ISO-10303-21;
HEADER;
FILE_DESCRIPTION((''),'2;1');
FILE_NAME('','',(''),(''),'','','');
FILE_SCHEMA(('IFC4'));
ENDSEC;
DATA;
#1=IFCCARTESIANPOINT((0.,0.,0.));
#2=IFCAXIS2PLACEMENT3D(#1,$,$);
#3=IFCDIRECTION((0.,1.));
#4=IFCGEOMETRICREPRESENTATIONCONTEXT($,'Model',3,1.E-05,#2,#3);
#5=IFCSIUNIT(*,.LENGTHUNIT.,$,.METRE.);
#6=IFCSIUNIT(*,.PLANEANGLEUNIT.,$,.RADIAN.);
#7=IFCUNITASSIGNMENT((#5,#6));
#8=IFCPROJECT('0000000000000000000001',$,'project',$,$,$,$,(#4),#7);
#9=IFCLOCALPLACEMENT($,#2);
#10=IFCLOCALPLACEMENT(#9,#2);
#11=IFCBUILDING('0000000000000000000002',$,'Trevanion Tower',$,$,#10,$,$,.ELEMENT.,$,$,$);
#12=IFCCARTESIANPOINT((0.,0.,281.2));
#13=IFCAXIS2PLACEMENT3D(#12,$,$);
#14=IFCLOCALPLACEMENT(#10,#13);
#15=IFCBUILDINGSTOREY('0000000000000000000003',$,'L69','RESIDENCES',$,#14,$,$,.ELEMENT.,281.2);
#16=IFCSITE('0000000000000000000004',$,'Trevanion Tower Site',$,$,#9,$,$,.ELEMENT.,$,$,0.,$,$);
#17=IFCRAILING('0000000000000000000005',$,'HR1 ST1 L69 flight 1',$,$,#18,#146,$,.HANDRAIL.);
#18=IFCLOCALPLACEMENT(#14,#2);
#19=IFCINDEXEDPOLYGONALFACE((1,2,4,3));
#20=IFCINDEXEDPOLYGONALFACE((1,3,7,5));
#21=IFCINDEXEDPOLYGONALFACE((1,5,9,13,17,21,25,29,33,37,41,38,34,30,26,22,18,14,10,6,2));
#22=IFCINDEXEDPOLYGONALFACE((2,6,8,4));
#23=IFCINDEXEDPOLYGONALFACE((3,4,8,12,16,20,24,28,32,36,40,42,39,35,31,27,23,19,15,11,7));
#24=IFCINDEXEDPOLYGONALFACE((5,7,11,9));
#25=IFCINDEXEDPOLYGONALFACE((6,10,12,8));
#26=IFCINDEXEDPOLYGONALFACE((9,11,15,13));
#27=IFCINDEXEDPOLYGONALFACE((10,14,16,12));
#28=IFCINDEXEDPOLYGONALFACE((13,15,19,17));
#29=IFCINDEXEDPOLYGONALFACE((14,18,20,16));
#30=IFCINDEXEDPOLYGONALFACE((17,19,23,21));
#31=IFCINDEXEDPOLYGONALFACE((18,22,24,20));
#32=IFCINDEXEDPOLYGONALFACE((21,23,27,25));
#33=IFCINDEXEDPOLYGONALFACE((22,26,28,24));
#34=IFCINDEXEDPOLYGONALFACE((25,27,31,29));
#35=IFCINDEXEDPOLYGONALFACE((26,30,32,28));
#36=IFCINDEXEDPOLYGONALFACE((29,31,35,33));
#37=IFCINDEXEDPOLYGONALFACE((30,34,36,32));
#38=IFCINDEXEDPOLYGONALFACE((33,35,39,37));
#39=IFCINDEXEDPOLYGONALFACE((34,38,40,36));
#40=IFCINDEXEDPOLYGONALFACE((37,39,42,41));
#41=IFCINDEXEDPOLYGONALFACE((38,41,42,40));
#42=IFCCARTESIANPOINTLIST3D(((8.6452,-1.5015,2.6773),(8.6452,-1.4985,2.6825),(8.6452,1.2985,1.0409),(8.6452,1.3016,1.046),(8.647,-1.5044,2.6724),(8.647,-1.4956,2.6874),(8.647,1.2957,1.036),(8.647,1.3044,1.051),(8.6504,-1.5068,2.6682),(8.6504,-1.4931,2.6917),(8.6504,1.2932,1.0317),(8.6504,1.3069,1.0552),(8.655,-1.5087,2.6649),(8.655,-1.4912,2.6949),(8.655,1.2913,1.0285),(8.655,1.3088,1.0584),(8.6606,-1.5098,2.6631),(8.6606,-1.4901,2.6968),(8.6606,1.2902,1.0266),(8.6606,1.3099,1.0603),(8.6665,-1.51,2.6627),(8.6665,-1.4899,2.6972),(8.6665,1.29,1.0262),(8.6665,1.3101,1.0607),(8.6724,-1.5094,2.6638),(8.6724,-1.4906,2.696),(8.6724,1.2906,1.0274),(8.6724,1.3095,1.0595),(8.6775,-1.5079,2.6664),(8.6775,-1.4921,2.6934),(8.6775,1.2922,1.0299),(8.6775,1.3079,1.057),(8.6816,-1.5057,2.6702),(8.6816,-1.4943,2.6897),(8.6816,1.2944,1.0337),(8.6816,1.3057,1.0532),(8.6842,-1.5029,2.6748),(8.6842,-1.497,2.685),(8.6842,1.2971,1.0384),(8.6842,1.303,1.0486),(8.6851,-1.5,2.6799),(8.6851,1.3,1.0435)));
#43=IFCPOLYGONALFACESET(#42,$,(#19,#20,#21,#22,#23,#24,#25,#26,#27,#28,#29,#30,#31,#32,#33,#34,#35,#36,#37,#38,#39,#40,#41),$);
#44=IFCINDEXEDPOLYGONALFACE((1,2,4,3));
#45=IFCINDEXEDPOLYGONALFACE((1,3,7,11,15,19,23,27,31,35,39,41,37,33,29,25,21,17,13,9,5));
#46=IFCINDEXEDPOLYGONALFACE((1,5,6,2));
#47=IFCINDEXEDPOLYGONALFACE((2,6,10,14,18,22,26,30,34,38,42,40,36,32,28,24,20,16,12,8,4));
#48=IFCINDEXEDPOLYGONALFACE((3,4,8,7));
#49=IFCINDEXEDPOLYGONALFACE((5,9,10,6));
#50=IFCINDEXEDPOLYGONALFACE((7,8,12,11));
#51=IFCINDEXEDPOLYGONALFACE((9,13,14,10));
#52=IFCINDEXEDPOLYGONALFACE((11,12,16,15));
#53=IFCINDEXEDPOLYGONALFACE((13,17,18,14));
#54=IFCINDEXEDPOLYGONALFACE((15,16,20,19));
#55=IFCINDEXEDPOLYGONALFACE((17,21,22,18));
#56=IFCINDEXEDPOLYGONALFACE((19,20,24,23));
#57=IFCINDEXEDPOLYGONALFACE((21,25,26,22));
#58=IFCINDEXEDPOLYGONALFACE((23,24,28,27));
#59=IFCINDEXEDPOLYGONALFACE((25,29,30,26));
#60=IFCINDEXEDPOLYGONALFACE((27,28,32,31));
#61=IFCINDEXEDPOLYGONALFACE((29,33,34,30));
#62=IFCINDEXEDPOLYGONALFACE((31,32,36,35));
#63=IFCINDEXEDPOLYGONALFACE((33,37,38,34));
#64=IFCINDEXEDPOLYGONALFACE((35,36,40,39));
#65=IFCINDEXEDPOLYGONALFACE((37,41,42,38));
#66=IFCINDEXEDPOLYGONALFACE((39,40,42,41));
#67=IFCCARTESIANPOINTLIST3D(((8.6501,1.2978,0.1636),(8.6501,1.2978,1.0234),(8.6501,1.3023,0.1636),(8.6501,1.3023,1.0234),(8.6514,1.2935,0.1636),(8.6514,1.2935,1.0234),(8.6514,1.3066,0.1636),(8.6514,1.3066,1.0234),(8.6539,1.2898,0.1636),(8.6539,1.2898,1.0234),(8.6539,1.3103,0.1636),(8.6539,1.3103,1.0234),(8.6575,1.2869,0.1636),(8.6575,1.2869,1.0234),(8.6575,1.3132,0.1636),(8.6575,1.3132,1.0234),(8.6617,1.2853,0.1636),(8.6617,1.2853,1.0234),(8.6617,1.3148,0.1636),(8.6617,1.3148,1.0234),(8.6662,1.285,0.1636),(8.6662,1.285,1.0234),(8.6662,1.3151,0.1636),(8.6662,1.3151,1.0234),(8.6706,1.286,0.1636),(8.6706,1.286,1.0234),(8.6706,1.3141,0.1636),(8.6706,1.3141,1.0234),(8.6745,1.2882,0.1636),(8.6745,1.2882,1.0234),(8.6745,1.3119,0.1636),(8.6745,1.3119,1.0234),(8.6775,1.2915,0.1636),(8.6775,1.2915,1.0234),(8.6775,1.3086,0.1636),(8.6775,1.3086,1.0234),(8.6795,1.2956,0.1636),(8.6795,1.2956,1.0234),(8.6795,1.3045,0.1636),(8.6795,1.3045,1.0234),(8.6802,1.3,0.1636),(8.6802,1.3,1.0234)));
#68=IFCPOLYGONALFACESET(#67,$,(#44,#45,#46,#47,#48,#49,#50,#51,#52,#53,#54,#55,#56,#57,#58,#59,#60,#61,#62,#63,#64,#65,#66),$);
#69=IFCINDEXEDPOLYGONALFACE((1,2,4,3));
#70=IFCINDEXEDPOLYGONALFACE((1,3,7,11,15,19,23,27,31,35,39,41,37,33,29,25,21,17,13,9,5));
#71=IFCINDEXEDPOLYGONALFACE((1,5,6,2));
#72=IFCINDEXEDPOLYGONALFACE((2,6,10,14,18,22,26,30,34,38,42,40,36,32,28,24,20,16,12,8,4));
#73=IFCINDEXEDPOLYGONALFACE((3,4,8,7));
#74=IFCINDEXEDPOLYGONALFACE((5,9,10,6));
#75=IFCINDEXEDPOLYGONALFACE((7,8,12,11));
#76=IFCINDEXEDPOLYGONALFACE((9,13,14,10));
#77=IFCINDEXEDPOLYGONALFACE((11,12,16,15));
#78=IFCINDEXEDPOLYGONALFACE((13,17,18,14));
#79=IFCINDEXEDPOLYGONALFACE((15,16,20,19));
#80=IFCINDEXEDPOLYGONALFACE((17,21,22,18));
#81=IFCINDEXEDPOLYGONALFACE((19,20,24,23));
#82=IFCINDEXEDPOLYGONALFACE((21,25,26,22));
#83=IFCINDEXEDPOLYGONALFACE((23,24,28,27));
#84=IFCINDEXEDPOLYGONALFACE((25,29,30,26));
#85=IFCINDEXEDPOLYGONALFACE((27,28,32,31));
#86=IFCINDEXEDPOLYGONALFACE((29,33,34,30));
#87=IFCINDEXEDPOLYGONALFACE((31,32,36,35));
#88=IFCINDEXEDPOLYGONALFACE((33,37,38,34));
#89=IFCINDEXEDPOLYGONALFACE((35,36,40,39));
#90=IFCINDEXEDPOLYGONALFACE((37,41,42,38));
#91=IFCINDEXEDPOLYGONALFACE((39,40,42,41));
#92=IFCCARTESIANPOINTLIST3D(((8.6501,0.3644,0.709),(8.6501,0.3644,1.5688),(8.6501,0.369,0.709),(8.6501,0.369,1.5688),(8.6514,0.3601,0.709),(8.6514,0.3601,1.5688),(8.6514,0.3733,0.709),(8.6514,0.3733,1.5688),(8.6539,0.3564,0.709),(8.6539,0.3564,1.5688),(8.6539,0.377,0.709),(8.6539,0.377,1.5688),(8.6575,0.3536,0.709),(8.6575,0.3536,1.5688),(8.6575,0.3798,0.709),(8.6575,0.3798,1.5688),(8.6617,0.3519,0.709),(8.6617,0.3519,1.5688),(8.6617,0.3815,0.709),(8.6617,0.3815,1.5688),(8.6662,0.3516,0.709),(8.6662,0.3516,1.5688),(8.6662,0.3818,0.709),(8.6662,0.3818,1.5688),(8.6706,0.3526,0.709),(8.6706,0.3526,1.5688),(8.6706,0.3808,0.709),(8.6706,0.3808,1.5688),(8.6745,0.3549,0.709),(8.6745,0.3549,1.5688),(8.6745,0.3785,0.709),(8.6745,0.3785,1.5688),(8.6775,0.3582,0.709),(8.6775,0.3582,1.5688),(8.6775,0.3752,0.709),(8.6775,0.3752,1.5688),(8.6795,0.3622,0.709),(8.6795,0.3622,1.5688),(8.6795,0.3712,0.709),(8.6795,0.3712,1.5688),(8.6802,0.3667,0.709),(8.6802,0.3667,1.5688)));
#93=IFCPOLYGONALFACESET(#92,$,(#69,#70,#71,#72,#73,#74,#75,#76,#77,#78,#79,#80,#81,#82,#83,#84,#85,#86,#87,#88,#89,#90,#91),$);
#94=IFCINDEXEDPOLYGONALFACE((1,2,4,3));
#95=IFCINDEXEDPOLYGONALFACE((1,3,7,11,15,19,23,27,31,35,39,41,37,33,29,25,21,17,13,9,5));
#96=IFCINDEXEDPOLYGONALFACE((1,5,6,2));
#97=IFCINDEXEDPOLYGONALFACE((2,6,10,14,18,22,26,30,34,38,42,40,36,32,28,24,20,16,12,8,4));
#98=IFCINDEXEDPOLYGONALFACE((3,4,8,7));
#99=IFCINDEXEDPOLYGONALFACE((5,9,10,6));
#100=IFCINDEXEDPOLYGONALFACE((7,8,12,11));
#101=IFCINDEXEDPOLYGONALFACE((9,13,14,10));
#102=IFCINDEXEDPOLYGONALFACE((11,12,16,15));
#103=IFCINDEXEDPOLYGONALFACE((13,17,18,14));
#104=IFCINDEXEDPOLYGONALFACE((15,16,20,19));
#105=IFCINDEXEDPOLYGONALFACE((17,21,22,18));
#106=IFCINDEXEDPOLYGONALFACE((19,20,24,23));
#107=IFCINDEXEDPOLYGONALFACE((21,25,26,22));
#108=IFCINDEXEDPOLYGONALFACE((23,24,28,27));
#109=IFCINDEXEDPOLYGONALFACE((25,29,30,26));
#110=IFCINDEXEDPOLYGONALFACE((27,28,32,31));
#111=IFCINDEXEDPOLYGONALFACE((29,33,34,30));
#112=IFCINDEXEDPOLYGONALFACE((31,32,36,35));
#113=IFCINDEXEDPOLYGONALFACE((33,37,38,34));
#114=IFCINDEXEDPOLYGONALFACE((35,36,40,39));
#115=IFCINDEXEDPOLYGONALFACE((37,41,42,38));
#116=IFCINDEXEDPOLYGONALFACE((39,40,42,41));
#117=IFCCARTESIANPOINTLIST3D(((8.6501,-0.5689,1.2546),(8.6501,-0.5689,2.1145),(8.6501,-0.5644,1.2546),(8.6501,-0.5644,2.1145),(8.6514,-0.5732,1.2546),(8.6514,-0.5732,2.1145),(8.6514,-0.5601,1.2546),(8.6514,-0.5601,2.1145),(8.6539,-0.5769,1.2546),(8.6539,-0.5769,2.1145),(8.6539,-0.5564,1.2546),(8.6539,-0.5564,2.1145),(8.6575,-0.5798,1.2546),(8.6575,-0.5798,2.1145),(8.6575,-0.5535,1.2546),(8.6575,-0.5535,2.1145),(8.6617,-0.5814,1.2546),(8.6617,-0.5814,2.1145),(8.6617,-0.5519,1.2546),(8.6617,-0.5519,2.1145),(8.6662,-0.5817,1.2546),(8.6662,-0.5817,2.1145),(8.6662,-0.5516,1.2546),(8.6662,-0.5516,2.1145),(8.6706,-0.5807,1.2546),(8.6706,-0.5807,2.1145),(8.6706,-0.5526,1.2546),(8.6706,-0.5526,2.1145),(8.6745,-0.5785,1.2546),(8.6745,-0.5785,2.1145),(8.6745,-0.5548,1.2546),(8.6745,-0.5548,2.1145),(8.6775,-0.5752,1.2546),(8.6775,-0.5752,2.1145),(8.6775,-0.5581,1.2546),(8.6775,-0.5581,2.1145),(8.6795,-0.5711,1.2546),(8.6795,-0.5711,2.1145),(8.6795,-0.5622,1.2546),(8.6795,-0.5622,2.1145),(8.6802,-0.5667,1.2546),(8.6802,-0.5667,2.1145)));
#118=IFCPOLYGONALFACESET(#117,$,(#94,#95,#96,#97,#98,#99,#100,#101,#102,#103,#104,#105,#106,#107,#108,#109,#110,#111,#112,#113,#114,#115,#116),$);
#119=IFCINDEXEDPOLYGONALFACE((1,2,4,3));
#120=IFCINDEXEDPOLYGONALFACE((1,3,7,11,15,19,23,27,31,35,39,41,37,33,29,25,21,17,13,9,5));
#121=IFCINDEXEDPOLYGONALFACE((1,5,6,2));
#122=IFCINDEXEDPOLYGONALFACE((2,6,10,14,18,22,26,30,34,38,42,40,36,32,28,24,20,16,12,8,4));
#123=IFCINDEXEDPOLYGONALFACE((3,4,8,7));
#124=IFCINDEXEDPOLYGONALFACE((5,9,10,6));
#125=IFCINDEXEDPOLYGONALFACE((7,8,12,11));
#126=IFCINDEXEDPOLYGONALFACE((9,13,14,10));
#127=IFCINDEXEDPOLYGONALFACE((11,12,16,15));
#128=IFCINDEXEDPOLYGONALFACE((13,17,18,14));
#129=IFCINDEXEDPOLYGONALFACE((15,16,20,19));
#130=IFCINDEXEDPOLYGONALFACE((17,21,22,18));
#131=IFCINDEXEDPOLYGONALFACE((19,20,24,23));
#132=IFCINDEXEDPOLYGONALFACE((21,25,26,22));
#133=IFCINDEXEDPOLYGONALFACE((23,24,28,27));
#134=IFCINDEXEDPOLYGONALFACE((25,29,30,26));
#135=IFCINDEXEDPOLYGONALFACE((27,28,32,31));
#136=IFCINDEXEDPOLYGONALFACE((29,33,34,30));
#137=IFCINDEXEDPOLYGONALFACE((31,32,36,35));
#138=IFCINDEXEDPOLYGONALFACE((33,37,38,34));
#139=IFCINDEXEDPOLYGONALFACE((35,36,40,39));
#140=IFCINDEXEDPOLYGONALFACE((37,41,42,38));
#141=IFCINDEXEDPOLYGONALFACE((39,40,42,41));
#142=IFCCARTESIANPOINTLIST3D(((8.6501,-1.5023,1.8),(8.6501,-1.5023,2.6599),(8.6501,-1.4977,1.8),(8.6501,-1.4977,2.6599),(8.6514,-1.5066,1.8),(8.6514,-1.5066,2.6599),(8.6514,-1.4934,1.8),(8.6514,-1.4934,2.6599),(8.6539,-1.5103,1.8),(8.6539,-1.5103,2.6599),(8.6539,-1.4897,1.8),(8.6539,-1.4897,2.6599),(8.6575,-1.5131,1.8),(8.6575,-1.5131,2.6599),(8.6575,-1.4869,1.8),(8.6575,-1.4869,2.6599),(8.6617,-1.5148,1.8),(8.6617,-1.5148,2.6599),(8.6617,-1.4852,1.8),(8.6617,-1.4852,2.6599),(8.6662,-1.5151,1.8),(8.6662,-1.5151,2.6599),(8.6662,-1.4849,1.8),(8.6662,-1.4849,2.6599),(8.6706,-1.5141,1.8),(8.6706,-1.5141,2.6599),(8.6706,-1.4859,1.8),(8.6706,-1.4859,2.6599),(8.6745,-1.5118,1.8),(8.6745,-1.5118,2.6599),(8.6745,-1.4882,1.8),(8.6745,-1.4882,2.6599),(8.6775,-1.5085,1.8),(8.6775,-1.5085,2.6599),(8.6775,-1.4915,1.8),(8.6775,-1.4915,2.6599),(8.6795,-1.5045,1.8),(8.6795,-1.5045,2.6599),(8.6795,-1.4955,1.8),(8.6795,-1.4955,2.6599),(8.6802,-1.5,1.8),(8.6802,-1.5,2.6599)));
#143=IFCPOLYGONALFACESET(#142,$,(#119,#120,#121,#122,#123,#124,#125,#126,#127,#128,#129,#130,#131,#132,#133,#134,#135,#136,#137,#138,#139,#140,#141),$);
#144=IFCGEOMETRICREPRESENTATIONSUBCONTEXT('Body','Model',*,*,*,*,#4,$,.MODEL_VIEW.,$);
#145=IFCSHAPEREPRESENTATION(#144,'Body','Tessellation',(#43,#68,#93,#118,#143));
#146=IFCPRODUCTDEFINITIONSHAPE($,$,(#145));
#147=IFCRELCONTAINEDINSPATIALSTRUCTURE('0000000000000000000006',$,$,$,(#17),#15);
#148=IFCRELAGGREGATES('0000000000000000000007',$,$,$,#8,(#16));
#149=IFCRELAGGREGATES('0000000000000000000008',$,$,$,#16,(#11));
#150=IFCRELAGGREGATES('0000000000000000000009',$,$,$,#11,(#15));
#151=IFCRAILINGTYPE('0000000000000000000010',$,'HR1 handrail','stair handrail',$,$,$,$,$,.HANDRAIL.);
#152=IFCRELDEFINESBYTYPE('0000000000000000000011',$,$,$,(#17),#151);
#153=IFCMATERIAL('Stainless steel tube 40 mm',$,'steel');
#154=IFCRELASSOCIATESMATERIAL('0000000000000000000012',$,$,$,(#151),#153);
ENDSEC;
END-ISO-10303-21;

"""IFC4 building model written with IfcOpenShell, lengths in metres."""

from ifc_helpers import new_model, si_unit, direction, frame, origin, origin_2d, place, context, subcontext, project, spatial, circle, extrude, material, type_object, element, save


model = new_model("IFC4")

# Units and contexts
model_context = context("Model", 3, precision=1e-05, world=origin(), true_north=direction((0.0, 1.0)))
body_context = subcontext(model_context, "Body", "Model", "MODEL_VIEW")
ifc_project = project(units=[si_unit("LENGTHUNIT", "METRE"), si_unit("PLANEANGLEUNIT", "RADIAN")], contexts=[model_context])

# Site, building, storey
site_placement = place(None, origin())
site = spatial("IfcSite", under=ifc_project, at=site_placement, Name="Trevanion Tower Site", CompositionType="ELEMENT", RefElevation=0.0)
building_placement = place(site_placement, origin())
building = spatial("IfcBuilding", under=site, at=building_placement, Name="Trevanion Tower", CompositionType="ELEMENT")
storey_placement = place(building_placement, frame((0.0, 0.0, 281.2)))
storey = spatial("IfcBuildingStorey", under=building, at=storey_placement, Name="L69", Description="RESIDENCES", CompositionType="ELEMENT", Elevation=281.2)

# Railing
ifc_material_1 = material(Name="Stainless steel tube 40 mm", Category="steel")
railing_type = type_object("IfcRailingType", Name="HR1 handrail", Description="stair handrail", PredefinedType="HANDRAIL", material=ifc_material_1)
for number, where, name in (
    (1, (8.665, 1.3, 0.1636), "HR1 ST1 L69 flight 1"),
):
    element("IfcRailing", number, at=place(storey_placement, frame(where)), inside=storey, type_object=railing_type, Name=name, PredefinedType="HANDRAIL", context=body_context, shape_type="SweptSolid", body=[
        extrude(circle(Radius=0.02, at=origin_2d()), frame((0.0, 0.0, 0.8799), z_axis=(0.0, -0.863361, 0.504587), x_axis=(1.0, 0.0, 0.0)), (0.0, 0.0, 1.0), 3.2432),
        extrude(circle(Radius=0.0151, at=origin_2d()), origin(), (0.0, 0.0, 1.0), 0.8599),
        extrude(circle(Radius=0.0151, at=origin_2d()), frame((0.0, -0.9333, 0.5454)), (0.0, 0.0, 1.0), 0.8599),
        extrude(circle(Radius=0.0151, at=origin_2d()), frame((0.0, -1.8667, 1.0911)), (0.0, 0.0, 1.0), 0.8599),
        extrude(circle(Radius=0.0151, at=origin_2d()), frame((0.0, -2.8, 1.6365)), (0.0, 0.0, 1.0), 0.8599),
    ])

save(model, "model.ifc")
